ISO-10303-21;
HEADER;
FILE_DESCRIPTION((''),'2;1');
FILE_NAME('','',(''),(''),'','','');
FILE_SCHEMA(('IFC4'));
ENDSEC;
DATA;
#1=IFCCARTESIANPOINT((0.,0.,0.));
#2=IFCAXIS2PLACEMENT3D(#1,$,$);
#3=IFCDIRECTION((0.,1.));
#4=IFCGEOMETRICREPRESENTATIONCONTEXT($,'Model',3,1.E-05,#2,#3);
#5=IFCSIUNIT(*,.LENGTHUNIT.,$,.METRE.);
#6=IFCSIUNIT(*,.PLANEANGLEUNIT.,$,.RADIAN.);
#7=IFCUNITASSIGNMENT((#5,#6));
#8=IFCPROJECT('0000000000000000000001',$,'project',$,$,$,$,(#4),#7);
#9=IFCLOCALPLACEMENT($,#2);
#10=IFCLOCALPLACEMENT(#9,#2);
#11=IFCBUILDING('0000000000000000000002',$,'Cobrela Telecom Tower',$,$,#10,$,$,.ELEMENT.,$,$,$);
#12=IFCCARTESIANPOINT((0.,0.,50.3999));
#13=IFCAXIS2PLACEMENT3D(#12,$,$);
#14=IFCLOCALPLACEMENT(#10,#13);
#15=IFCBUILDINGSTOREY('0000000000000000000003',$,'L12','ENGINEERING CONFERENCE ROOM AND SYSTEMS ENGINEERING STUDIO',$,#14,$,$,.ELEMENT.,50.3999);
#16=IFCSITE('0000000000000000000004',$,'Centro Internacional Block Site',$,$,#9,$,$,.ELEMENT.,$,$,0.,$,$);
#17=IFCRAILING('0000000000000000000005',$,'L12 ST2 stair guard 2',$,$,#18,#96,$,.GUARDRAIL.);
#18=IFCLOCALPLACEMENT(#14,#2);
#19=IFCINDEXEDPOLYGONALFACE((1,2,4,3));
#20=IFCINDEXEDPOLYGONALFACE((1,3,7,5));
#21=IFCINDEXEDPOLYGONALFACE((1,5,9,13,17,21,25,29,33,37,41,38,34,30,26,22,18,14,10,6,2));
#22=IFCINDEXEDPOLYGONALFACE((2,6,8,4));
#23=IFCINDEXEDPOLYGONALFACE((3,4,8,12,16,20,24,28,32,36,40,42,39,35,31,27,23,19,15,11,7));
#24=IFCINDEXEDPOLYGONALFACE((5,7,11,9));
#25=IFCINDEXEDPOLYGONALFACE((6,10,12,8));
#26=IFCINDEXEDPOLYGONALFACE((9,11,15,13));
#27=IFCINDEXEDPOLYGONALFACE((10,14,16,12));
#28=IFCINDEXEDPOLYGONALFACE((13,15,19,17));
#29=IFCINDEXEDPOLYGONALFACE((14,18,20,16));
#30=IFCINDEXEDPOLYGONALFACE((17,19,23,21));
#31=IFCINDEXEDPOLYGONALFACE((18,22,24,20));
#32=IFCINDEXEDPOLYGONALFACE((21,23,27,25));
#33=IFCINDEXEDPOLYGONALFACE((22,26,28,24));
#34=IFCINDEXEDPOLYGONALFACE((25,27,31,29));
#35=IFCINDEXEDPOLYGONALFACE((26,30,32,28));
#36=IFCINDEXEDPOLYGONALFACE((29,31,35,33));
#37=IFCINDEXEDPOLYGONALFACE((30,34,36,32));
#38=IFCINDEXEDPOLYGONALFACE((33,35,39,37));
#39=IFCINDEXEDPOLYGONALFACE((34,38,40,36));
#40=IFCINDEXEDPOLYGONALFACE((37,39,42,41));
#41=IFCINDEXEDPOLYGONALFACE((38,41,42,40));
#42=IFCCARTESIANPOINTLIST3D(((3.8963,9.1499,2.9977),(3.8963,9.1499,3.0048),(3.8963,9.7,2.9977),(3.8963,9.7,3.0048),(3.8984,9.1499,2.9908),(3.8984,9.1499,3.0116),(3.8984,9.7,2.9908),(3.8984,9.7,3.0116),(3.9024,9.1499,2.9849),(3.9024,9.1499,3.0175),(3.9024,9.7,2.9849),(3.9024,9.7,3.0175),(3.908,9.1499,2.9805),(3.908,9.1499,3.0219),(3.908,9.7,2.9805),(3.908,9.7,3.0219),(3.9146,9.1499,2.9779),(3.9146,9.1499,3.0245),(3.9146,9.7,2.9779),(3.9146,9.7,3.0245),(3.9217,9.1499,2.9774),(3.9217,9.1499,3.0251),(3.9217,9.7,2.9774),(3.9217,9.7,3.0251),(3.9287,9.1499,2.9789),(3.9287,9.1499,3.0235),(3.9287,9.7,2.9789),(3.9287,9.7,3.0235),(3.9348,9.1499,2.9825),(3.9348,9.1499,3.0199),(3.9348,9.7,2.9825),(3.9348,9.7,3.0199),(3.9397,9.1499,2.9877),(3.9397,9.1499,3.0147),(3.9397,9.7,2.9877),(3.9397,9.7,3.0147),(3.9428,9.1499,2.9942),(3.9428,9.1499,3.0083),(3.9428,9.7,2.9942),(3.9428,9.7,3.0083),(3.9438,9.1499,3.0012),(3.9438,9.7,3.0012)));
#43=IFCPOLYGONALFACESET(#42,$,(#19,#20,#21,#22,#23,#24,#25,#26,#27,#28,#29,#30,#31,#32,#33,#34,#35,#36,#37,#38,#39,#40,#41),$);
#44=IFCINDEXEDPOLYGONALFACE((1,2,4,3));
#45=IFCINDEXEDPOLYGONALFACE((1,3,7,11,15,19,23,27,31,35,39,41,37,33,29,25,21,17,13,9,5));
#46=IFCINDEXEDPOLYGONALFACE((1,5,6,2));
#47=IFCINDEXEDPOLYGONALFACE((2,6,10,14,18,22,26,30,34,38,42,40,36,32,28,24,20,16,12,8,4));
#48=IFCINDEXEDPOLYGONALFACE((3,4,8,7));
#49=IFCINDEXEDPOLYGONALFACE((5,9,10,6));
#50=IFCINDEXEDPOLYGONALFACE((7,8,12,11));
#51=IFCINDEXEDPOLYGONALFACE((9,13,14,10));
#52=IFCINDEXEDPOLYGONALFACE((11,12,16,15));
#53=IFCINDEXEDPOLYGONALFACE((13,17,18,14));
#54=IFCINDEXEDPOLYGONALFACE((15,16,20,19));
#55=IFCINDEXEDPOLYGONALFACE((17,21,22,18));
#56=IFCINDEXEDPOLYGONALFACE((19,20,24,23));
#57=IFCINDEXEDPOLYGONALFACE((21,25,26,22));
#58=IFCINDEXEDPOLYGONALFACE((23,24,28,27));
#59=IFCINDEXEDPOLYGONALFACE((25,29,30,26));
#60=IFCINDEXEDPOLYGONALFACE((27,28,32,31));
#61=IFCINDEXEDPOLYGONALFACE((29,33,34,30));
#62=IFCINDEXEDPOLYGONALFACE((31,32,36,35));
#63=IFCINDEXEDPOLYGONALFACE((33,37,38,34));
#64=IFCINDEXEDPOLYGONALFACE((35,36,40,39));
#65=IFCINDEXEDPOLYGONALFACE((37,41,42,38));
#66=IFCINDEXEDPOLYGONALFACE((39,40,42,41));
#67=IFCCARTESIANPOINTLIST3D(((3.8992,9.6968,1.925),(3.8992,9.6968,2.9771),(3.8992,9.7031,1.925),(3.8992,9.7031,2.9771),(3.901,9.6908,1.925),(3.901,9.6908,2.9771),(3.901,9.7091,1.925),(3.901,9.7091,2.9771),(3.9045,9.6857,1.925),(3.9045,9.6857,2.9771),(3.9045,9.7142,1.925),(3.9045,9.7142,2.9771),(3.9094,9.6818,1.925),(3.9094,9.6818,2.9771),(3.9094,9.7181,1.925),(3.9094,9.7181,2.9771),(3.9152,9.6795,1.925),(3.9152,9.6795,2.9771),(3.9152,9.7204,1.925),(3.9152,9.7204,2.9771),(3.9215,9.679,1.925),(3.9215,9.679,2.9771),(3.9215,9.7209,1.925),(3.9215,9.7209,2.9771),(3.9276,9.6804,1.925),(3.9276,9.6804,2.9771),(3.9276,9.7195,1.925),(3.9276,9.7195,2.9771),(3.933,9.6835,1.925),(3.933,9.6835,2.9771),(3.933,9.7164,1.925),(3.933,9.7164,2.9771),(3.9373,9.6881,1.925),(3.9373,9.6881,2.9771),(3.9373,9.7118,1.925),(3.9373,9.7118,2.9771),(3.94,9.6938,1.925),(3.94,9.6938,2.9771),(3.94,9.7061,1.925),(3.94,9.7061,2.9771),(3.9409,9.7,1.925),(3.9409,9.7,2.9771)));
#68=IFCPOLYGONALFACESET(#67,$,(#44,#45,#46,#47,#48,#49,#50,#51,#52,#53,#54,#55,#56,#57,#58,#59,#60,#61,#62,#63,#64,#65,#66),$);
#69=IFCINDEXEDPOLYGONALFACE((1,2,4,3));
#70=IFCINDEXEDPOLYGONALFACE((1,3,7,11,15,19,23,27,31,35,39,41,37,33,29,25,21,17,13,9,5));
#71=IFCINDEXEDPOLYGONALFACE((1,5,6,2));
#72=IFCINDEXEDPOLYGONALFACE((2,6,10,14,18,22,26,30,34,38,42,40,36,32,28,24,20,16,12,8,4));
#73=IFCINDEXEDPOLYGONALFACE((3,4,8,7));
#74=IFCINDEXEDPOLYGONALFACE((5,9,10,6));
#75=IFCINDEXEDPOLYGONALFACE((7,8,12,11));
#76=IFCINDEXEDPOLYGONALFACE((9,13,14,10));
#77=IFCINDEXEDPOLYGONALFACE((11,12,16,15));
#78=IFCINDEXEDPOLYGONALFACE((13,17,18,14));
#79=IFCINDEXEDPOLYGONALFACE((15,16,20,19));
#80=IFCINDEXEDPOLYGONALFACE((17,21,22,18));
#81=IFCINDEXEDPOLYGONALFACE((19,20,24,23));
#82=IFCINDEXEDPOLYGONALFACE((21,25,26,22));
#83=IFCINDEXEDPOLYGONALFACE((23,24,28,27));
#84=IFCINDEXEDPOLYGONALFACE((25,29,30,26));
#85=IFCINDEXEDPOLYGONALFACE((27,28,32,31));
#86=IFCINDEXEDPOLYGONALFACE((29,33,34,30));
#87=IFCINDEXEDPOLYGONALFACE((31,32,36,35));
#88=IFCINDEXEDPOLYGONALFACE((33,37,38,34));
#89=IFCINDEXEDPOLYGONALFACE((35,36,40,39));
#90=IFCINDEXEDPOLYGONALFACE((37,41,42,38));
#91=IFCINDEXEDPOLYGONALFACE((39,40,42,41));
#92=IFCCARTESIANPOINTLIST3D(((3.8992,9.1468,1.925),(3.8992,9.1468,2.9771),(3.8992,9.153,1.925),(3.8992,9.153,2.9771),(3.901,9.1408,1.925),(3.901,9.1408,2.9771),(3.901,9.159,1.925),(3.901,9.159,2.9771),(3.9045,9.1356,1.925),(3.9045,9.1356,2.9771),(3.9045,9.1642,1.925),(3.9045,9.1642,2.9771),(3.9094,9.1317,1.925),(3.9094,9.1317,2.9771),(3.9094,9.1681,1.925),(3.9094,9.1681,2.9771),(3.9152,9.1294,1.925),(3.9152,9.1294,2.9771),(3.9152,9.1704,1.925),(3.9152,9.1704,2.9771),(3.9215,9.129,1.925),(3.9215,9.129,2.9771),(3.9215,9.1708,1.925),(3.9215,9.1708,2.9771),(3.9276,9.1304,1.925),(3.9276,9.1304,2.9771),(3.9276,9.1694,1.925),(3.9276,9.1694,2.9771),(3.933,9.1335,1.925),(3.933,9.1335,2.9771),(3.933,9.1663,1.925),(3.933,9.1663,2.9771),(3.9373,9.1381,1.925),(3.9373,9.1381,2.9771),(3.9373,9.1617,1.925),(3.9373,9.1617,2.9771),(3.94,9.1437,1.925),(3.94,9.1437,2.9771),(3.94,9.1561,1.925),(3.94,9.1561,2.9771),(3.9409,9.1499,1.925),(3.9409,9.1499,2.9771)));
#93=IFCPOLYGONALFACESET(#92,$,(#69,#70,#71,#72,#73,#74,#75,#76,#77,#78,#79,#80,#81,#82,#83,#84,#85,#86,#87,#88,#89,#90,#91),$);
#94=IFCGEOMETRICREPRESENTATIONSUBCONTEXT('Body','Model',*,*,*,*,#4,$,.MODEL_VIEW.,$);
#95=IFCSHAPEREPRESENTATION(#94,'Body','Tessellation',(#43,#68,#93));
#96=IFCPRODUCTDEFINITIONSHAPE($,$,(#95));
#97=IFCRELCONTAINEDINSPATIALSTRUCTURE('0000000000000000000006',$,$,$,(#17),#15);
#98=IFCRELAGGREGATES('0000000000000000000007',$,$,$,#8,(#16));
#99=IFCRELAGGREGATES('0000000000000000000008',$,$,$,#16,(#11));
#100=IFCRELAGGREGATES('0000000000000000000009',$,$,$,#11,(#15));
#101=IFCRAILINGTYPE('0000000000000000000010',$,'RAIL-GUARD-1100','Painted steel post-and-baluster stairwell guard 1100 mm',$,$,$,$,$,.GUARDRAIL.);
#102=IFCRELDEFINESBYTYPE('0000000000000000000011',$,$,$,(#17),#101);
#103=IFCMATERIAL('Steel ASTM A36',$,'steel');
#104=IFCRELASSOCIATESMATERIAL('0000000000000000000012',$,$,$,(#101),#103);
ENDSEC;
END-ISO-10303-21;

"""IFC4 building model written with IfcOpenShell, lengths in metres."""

from ifc_helpers import new_model, si_unit, direction, frame, origin, origin_2d, place, context, subcontext, project, spatial, circle, extrude, material, type_object, element, save


model = new_model("IFC4")

# Units and contexts
model_context = context("Model", 3, precision=1e-05, world=origin(), true_north=direction((0.0, 1.0)))
body_context = subcontext(model_context, "Body", "Model", "MODEL_VIEW")
ifc_project = project(units=[si_unit("LENGTHUNIT", "METRE"), si_unit("PLANEANGLEUNIT", "RADIAN")], contexts=[model_context])

# Site, building, storey
site_placement = place(None, origin())
site = spatial("IfcSite", under=ifc_project, at=site_placement, Name="Centro Internacional Block Site", CompositionType="ELEMENT", RefElevation=0.0)
building_placement = place(site_placement, origin())
building = spatial("IfcBuilding", under=site, at=building_placement, Name="Cobrela Telecom Tower", CompositionType="ELEMENT")
storey_placement = place(building_placement, frame((0.0, 0.0, 50.3999)))
storey = spatial("IfcBuildingStorey", under=building, at=storey_placement, Name="L12", Description="ENGINEERING CONFERENCE ROOM AND SYSTEMS ENGINEERING STUDIO", CompositionType="ELEMENT", Elevation=50.3999)

# Railing
ifc_material_1 = material(Name="Steel ASTM A36", Category="steel")
railing_type_1 = type_object("IfcRailingType", Name="RAIL-GUARD-1100", Description="Painted steel post-and-baluster stairwell guard 1100 mm", PredefinedType="GUARDRAIL", material=ifc_material_1)
railing_1_placement = place(storey_placement, frame((3.9199, 9.7, 1.925)))
element("IfcRailing", 1, at=railing_1_placement, inside=storey, type_object=railing_type_1, Name="L12 ST2 stair guard 2", PredefinedType="GUARDRAIL", context=body_context, shape_type="SweptSolid", body=[
    extrude(circle(Radius=0.0239, at=origin_2d()), frame((0.0, 0.0, 1.0762), z_axis=(0.0, -1.0, 0.0), x_axis=(1.0, 0.0, 0.0)), (0.0, 0.0, 1.0), 0.55),
    extrude(circle(Radius=0.021, at=origin_2d()), origin(), (0.0, 0.0, 1.0), 1.052),
    extrude(circle(Radius=0.021, at=origin_2d()), frame((0.0, -0.55, 0.0)), (0.0, 0.0, 1.0), 1.052),
])

save(model, "model.ifc")
